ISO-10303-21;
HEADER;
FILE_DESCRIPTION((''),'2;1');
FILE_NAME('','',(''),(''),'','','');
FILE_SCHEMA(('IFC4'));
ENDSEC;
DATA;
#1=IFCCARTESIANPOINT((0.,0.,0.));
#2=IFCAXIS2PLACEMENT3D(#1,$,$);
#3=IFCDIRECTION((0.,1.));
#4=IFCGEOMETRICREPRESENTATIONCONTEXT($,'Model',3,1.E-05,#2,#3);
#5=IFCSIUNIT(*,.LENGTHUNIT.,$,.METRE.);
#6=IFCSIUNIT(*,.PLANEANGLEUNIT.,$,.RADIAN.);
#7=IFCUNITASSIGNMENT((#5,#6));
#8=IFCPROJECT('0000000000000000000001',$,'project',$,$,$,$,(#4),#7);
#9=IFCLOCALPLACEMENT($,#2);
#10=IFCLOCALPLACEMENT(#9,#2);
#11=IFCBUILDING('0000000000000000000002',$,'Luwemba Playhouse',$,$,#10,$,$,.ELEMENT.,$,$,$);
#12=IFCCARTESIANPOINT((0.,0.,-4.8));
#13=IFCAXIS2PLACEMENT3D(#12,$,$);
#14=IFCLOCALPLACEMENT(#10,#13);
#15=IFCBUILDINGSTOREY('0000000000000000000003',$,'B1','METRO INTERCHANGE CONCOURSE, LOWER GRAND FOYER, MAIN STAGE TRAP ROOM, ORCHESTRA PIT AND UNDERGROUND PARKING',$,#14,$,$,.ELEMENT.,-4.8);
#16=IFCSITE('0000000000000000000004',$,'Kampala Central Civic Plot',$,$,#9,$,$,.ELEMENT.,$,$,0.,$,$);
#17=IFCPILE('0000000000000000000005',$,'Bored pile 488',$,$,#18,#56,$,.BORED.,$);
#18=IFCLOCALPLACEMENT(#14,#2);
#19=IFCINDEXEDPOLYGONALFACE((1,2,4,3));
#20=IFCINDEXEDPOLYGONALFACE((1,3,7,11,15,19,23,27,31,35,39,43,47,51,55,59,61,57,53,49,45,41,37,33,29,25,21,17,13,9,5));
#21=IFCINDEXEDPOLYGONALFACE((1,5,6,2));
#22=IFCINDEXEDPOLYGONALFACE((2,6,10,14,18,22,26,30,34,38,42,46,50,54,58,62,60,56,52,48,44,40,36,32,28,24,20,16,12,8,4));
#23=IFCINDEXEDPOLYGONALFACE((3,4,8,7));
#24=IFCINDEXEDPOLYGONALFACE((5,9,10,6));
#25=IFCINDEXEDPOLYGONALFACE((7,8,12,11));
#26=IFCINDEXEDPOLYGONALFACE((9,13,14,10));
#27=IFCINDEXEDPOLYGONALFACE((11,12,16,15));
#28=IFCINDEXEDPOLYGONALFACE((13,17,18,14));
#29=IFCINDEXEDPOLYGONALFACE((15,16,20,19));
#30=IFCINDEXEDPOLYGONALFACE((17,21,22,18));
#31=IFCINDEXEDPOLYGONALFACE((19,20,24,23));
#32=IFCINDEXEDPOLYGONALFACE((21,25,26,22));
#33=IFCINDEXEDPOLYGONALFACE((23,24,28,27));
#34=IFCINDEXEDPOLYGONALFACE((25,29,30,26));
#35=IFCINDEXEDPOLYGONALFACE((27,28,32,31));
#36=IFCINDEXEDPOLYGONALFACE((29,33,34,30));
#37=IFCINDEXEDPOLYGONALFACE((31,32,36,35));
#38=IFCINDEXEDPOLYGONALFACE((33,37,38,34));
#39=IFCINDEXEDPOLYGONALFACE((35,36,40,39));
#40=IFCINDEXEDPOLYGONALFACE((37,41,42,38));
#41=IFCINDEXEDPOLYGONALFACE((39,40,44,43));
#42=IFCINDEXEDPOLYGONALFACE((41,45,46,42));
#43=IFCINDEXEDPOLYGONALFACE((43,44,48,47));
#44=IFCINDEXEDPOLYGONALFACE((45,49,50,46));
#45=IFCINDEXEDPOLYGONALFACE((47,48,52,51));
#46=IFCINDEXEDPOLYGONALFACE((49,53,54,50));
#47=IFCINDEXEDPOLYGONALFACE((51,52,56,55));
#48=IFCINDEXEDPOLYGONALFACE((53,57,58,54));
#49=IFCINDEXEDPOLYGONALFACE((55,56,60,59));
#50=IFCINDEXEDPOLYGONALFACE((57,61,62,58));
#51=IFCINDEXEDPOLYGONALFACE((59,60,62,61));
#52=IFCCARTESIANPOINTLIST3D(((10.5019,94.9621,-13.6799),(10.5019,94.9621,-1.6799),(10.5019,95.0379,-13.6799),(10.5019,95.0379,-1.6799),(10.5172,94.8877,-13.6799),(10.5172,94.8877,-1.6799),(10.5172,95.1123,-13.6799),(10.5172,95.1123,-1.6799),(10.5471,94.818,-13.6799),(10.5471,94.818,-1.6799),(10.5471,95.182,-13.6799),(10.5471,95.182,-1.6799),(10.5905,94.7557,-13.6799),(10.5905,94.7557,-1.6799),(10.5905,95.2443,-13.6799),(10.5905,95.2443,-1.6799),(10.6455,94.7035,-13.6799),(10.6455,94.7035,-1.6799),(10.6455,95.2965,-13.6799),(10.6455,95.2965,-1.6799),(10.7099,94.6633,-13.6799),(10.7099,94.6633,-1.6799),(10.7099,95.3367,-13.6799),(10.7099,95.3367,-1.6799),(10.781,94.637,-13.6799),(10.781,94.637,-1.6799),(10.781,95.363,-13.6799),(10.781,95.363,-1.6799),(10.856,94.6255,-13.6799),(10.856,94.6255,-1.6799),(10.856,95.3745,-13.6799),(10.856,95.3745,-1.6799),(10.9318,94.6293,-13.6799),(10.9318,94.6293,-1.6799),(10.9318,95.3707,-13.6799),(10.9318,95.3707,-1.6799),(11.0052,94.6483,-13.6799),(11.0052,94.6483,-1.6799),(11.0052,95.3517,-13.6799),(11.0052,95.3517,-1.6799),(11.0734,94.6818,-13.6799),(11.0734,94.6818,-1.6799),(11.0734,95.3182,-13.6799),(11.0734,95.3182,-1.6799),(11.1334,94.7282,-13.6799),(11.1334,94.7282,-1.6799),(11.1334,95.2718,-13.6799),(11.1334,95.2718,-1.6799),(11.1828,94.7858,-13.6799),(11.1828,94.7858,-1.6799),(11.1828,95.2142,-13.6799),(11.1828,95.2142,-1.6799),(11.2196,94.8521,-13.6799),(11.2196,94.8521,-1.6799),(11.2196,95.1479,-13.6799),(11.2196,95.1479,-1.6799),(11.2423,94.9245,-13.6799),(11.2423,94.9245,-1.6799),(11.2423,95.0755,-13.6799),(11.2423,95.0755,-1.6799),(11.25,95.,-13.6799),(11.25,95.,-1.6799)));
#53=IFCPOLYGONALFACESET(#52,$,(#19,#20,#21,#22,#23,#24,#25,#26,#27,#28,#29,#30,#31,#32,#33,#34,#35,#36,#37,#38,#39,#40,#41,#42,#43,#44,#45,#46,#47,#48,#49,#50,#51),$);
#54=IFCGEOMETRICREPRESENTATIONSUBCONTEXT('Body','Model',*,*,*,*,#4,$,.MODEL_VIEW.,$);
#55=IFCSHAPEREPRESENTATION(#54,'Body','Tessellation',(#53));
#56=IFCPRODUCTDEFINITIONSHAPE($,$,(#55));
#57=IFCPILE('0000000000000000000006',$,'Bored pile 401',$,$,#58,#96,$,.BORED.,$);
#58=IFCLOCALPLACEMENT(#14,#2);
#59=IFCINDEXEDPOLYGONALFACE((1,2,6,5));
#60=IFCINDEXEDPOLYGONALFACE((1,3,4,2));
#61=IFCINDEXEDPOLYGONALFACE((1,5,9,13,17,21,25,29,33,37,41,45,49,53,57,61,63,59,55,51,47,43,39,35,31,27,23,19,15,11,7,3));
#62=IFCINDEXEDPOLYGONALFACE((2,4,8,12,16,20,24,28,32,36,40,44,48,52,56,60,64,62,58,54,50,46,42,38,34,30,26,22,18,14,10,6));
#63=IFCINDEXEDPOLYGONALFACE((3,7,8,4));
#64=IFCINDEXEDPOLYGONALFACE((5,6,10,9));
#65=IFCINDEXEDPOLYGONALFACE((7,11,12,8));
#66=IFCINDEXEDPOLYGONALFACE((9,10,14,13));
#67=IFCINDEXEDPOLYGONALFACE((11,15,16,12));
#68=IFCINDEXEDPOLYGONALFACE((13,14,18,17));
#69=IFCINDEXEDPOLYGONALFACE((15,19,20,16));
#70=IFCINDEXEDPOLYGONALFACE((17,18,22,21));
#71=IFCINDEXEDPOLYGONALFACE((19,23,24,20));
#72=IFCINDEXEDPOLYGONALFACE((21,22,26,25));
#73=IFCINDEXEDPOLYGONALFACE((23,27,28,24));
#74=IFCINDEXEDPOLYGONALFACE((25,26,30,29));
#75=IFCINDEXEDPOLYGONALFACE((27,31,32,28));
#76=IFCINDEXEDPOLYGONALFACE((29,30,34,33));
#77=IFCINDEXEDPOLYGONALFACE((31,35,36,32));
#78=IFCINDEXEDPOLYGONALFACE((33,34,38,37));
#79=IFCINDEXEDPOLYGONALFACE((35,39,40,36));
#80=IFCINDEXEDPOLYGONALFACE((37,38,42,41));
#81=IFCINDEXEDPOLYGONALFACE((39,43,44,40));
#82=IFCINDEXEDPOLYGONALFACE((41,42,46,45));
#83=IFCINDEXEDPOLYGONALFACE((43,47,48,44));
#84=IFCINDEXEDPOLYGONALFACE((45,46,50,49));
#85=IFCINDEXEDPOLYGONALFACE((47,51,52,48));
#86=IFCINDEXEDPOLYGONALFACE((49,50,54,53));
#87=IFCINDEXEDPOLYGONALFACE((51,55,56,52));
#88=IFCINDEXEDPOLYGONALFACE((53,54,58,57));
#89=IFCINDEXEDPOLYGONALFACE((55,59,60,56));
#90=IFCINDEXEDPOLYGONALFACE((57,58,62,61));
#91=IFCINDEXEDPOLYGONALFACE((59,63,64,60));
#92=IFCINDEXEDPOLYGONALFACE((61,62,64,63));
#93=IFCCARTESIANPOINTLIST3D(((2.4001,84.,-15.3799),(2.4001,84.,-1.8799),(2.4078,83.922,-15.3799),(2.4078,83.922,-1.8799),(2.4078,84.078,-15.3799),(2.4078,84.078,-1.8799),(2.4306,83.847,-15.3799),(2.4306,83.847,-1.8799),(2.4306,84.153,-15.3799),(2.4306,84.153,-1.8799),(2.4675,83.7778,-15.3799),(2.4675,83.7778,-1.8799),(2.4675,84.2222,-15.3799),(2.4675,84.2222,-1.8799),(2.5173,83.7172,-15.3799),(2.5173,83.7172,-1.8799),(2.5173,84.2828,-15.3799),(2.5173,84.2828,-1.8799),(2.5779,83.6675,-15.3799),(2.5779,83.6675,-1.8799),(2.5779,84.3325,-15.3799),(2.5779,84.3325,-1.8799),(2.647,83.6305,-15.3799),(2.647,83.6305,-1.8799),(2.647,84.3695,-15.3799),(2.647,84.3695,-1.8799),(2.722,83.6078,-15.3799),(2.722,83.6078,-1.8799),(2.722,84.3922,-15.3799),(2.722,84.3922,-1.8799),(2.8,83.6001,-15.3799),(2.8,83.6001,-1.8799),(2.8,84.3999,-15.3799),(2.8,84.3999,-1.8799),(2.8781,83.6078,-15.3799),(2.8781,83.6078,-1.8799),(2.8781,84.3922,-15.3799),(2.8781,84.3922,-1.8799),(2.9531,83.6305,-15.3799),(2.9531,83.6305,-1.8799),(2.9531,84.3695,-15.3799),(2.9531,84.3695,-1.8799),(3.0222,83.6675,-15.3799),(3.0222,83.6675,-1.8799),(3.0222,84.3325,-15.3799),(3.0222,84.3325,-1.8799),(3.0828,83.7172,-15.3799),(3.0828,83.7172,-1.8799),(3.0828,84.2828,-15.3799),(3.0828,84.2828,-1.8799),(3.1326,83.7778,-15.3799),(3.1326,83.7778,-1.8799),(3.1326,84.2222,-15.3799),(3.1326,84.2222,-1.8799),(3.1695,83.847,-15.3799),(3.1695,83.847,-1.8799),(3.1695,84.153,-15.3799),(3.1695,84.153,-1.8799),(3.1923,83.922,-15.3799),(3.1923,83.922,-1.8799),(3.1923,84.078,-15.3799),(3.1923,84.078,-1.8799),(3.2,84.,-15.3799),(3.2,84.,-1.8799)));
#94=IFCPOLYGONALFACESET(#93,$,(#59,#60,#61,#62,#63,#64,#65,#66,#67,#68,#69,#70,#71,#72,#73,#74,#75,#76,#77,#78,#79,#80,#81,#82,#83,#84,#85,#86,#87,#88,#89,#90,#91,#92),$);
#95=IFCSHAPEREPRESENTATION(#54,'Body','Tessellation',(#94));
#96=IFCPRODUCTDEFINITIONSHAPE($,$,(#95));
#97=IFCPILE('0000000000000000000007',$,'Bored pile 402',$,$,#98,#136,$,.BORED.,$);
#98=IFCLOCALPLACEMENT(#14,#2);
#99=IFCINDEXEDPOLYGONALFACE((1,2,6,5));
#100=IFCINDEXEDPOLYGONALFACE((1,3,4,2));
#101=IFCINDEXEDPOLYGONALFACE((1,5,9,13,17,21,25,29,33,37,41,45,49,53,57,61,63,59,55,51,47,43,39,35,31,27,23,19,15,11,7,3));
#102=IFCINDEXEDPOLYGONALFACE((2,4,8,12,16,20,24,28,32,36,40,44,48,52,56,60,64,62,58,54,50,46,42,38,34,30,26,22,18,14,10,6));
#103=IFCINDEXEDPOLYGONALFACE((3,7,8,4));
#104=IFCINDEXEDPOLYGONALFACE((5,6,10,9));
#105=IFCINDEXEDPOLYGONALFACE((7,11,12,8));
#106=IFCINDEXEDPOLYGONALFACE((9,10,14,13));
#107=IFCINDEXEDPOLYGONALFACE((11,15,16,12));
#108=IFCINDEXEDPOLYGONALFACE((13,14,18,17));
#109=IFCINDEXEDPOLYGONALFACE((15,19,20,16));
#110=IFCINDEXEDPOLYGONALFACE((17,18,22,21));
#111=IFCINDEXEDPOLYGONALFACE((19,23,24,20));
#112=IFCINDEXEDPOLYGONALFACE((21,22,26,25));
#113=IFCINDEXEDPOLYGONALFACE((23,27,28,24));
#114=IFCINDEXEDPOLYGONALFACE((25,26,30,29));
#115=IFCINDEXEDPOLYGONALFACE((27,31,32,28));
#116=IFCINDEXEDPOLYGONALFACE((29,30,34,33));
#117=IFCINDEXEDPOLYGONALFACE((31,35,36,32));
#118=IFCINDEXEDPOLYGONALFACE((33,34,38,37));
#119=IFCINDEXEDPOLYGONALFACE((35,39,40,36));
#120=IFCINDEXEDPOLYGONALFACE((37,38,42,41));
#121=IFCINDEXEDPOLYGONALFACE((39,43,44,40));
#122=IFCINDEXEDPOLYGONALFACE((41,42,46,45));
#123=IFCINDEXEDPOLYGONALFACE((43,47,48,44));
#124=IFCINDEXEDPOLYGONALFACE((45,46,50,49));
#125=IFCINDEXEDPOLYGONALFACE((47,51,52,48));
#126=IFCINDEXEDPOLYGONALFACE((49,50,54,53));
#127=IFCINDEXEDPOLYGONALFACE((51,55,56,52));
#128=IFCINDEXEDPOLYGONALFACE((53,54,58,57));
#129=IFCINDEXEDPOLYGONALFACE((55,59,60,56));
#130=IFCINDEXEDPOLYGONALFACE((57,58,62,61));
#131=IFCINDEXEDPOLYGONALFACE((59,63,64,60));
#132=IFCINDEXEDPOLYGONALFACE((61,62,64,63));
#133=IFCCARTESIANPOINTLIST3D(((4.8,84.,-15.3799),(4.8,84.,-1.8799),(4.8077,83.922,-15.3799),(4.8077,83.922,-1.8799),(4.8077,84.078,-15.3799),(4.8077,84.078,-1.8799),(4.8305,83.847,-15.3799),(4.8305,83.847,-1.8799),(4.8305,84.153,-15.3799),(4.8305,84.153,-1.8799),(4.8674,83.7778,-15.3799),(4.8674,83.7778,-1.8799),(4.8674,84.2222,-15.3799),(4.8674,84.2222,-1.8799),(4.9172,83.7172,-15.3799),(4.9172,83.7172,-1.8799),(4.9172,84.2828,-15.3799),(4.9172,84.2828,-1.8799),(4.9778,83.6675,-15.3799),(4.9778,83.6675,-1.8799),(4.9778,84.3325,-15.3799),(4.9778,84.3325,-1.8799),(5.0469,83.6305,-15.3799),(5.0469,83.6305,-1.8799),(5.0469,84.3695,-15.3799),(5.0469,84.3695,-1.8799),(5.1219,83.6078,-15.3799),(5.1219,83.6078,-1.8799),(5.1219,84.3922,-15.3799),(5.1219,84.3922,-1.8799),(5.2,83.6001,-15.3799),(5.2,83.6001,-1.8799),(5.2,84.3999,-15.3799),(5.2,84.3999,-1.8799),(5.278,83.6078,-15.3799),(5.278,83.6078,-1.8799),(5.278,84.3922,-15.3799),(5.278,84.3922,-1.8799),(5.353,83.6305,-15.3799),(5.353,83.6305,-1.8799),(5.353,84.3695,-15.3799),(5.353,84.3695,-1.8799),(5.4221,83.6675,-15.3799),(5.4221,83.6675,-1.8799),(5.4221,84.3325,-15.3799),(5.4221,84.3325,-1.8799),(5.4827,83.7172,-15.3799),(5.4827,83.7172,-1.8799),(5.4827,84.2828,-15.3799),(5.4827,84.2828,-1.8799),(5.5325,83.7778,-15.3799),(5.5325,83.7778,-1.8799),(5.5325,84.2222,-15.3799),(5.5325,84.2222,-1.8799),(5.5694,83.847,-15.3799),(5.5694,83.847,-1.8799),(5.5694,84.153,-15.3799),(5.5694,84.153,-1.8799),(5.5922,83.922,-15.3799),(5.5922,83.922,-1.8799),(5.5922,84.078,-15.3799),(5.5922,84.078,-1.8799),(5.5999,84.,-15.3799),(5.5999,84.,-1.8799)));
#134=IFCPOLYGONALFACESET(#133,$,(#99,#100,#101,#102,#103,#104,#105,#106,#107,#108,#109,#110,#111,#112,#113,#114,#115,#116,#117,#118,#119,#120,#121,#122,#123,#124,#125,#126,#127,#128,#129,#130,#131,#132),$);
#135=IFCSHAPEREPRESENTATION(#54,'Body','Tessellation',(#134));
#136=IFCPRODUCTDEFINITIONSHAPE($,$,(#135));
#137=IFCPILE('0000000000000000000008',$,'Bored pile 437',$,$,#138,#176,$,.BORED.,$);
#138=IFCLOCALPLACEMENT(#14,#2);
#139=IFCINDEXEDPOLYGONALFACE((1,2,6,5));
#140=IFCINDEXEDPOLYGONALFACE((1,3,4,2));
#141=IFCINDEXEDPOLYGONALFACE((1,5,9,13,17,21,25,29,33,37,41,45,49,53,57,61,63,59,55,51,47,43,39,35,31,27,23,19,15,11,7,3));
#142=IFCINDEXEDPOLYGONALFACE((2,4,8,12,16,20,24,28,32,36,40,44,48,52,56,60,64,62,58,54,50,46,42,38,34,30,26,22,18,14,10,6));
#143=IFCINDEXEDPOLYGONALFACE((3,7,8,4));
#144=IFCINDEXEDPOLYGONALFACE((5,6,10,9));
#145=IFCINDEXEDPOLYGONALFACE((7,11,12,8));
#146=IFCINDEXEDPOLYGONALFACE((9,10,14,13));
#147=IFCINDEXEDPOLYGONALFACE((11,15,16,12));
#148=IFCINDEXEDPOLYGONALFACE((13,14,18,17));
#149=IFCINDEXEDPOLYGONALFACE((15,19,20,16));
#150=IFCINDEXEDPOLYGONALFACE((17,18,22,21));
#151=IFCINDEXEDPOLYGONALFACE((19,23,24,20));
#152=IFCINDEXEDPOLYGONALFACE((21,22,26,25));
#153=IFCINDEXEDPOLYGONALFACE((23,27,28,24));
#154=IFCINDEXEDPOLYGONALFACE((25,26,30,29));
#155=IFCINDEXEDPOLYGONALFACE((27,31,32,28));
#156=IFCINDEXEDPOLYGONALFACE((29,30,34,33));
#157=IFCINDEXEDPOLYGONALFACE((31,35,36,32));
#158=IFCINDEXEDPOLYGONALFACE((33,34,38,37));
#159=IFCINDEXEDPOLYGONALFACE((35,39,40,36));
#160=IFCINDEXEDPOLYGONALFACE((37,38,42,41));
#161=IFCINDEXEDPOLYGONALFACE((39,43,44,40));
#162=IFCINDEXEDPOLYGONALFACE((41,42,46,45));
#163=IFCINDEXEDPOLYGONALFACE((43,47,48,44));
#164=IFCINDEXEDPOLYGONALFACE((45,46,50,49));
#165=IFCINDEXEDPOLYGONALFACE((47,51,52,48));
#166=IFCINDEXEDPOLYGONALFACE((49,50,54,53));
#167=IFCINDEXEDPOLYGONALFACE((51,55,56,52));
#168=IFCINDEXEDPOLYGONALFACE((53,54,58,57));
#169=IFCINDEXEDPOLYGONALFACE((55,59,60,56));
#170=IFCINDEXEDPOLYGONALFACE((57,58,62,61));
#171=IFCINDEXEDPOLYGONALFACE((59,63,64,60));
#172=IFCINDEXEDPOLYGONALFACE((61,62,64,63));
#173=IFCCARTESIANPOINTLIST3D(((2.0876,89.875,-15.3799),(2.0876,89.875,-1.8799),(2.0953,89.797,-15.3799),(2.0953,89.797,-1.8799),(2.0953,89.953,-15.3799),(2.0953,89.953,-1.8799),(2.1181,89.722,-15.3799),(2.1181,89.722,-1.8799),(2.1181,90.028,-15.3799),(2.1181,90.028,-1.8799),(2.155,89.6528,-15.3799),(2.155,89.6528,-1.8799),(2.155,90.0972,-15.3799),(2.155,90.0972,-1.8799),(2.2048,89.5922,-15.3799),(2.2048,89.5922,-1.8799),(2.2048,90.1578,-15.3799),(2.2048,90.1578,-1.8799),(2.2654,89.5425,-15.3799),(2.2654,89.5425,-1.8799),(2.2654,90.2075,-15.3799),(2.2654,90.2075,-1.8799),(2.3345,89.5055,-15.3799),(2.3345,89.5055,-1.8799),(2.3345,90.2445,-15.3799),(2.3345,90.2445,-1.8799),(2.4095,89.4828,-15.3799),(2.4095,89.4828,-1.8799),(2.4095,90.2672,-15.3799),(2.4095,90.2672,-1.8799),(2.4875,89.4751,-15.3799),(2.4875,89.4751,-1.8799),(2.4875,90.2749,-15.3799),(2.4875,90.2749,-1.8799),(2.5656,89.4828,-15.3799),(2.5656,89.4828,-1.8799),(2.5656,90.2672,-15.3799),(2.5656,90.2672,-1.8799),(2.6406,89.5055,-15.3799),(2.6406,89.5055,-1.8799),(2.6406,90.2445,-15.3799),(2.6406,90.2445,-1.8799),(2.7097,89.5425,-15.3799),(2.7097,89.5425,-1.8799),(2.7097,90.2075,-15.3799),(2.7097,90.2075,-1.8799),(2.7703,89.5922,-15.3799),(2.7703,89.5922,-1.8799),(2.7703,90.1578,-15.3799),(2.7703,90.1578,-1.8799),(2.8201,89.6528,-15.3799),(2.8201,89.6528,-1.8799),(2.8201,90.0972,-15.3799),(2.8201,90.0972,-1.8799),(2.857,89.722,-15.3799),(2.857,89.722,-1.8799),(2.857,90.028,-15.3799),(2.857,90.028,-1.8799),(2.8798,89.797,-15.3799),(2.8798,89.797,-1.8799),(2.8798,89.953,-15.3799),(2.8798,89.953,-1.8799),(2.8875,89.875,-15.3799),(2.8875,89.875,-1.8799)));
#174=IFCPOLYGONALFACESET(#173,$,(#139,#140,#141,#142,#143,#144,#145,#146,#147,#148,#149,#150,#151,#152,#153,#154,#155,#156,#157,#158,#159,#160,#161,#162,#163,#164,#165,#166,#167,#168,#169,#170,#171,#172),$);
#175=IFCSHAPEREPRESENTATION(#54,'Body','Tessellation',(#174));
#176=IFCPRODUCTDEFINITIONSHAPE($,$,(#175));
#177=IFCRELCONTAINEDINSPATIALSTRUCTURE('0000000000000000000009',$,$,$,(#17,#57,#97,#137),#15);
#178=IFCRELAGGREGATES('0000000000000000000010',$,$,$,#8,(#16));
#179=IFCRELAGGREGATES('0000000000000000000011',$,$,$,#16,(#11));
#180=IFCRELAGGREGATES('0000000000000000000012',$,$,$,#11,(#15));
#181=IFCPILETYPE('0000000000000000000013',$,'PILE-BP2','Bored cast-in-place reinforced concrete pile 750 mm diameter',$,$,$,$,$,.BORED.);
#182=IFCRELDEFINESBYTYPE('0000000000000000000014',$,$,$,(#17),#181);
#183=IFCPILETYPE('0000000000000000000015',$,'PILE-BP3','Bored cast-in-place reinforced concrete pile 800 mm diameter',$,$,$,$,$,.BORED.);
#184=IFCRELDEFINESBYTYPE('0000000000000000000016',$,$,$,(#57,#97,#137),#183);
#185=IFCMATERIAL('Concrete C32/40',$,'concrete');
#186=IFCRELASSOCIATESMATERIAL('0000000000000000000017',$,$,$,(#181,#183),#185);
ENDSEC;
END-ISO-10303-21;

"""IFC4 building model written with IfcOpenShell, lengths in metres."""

from ifc_helpers import new_model, si_unit, direction, frame, origin, origin_2d, place, context, subcontext, project, spatial, circle, extrude, material, material_profile, profile_set, type_object, element, save


model = new_model("IFC4")

# Units and contexts
model_context = context("Model", 3, precision=1e-05, world=origin(), true_north=direction((0.0, 1.0)))
body_context = subcontext(model_context, "Body", "Model", "MODEL_VIEW")
ifc_project = project(units=[si_unit("LENGTHUNIT", "METRE"), si_unit("PLANEANGLEUNIT", "RADIAN")], contexts=[model_context])

# Site, building, storey
site_placement = place(None, origin())
site = spatial("IfcSite", under=ifc_project, at=site_placement, Name="Kampala Central Civic Plot", CompositionType="ELEMENT", RefElevation=0.0)
building_placement = place(site_placement, origin())
building = spatial("IfcBuilding", under=site, at=building_placement, Name="Luwemba Playhouse", CompositionType="ELEMENT")
storey_placement = place(building_placement, frame((0.0, 0.0, -4.8)))
storey = spatial("IfcBuildingStorey", under=building, at=storey_placement, Name="B1", Description="METRO INTERCHANGE CONCOURSE, LOWER GRAND FOYER, MAIN STAGE TRAP ROOM, ORCHESTRA PIT AND UNDERGROUND PARKING", CompositionType="ELEMENT", Elevation=-4.8)

# Shared definitions
ifc_material_1 = material(Name="Concrete C32/40", Category="concrete")

# Piles
ifc_material_profile_1 = material_profile(ifc_material_1, circle(Radius=0.375, at=origin_2d()))
ifc_profile_set_1 = profile_set([ifc_material_profile_1], Name="Concrete C32/40")
pile_type_1 = type_object("IfcPileType", Name="PILE-BP2", Description="Bored cast-in-place reinforced concrete pile 750 mm diameter", PredefinedType="BORED", material=ifc_profile_set_1)
pile_placement = place(storey_placement, frame((10.875, 95.0, -1.6799), z_axis=(0.0, 0.0, -1.0), x_axis=(1.0, 0.0, 0.0)))
element("IfcPile", 1, at=pile_placement, inside=storey, type_object=pile_type_1, Name="Bored pile 488", PredefinedType="BORED", context=body_context, shape_type="SweptSolid", body=[
    extrude(circle(Radius=0.375, at=origin_2d()), origin(), (0.0, 0.0, 1.0), 12.0),
])
ifc_material_profile_2 = material_profile(ifc_material_1, circle(Radius=0.3999, at=origin_2d()))
ifc_profile_set_2 = profile_set([ifc_material_profile_2], Name="Concrete C32/40")
pile_type_2 = type_object("IfcPileType", Name="PILE-BP3", Description="Bored cast-in-place reinforced concrete pile 800 mm diameter", PredefinedType="BORED", material=ifc_profile_set_2)
for number, where, z_axis, x_axis, name in (
    (2, (2.8, 84.0, -1.8799), (0.0, 0.0, -1.0), (1.0, 0.0, 0.0), "Bored pile 401"),
    (3, (5.2, 84.0, -1.8799), (0.0, 0.0, -1.0), (1.0, 0.0, 0.0), "Bored pile 402"),
    (4, (2.4875, 89.875, -1.8799), (0.0, 0.0, -1.0), (1.0, 0.0, 0.0), "Bored pile 437"),
):
    element("IfcPile", number, at=place(storey_placement, frame(where, z_axis=z_axis, x_axis=x_axis)), inside=storey, type_object=pile_type_2, Name=name, PredefinedType="BORED", context=body_context, shape_type="SweptSolid", body=[
        extrude(circle(Radius=0.3999, at=origin_2d()), origin(), (0.0, 0.0, 1.0), 13.5),
    ])

save(model, "model.ifc")
